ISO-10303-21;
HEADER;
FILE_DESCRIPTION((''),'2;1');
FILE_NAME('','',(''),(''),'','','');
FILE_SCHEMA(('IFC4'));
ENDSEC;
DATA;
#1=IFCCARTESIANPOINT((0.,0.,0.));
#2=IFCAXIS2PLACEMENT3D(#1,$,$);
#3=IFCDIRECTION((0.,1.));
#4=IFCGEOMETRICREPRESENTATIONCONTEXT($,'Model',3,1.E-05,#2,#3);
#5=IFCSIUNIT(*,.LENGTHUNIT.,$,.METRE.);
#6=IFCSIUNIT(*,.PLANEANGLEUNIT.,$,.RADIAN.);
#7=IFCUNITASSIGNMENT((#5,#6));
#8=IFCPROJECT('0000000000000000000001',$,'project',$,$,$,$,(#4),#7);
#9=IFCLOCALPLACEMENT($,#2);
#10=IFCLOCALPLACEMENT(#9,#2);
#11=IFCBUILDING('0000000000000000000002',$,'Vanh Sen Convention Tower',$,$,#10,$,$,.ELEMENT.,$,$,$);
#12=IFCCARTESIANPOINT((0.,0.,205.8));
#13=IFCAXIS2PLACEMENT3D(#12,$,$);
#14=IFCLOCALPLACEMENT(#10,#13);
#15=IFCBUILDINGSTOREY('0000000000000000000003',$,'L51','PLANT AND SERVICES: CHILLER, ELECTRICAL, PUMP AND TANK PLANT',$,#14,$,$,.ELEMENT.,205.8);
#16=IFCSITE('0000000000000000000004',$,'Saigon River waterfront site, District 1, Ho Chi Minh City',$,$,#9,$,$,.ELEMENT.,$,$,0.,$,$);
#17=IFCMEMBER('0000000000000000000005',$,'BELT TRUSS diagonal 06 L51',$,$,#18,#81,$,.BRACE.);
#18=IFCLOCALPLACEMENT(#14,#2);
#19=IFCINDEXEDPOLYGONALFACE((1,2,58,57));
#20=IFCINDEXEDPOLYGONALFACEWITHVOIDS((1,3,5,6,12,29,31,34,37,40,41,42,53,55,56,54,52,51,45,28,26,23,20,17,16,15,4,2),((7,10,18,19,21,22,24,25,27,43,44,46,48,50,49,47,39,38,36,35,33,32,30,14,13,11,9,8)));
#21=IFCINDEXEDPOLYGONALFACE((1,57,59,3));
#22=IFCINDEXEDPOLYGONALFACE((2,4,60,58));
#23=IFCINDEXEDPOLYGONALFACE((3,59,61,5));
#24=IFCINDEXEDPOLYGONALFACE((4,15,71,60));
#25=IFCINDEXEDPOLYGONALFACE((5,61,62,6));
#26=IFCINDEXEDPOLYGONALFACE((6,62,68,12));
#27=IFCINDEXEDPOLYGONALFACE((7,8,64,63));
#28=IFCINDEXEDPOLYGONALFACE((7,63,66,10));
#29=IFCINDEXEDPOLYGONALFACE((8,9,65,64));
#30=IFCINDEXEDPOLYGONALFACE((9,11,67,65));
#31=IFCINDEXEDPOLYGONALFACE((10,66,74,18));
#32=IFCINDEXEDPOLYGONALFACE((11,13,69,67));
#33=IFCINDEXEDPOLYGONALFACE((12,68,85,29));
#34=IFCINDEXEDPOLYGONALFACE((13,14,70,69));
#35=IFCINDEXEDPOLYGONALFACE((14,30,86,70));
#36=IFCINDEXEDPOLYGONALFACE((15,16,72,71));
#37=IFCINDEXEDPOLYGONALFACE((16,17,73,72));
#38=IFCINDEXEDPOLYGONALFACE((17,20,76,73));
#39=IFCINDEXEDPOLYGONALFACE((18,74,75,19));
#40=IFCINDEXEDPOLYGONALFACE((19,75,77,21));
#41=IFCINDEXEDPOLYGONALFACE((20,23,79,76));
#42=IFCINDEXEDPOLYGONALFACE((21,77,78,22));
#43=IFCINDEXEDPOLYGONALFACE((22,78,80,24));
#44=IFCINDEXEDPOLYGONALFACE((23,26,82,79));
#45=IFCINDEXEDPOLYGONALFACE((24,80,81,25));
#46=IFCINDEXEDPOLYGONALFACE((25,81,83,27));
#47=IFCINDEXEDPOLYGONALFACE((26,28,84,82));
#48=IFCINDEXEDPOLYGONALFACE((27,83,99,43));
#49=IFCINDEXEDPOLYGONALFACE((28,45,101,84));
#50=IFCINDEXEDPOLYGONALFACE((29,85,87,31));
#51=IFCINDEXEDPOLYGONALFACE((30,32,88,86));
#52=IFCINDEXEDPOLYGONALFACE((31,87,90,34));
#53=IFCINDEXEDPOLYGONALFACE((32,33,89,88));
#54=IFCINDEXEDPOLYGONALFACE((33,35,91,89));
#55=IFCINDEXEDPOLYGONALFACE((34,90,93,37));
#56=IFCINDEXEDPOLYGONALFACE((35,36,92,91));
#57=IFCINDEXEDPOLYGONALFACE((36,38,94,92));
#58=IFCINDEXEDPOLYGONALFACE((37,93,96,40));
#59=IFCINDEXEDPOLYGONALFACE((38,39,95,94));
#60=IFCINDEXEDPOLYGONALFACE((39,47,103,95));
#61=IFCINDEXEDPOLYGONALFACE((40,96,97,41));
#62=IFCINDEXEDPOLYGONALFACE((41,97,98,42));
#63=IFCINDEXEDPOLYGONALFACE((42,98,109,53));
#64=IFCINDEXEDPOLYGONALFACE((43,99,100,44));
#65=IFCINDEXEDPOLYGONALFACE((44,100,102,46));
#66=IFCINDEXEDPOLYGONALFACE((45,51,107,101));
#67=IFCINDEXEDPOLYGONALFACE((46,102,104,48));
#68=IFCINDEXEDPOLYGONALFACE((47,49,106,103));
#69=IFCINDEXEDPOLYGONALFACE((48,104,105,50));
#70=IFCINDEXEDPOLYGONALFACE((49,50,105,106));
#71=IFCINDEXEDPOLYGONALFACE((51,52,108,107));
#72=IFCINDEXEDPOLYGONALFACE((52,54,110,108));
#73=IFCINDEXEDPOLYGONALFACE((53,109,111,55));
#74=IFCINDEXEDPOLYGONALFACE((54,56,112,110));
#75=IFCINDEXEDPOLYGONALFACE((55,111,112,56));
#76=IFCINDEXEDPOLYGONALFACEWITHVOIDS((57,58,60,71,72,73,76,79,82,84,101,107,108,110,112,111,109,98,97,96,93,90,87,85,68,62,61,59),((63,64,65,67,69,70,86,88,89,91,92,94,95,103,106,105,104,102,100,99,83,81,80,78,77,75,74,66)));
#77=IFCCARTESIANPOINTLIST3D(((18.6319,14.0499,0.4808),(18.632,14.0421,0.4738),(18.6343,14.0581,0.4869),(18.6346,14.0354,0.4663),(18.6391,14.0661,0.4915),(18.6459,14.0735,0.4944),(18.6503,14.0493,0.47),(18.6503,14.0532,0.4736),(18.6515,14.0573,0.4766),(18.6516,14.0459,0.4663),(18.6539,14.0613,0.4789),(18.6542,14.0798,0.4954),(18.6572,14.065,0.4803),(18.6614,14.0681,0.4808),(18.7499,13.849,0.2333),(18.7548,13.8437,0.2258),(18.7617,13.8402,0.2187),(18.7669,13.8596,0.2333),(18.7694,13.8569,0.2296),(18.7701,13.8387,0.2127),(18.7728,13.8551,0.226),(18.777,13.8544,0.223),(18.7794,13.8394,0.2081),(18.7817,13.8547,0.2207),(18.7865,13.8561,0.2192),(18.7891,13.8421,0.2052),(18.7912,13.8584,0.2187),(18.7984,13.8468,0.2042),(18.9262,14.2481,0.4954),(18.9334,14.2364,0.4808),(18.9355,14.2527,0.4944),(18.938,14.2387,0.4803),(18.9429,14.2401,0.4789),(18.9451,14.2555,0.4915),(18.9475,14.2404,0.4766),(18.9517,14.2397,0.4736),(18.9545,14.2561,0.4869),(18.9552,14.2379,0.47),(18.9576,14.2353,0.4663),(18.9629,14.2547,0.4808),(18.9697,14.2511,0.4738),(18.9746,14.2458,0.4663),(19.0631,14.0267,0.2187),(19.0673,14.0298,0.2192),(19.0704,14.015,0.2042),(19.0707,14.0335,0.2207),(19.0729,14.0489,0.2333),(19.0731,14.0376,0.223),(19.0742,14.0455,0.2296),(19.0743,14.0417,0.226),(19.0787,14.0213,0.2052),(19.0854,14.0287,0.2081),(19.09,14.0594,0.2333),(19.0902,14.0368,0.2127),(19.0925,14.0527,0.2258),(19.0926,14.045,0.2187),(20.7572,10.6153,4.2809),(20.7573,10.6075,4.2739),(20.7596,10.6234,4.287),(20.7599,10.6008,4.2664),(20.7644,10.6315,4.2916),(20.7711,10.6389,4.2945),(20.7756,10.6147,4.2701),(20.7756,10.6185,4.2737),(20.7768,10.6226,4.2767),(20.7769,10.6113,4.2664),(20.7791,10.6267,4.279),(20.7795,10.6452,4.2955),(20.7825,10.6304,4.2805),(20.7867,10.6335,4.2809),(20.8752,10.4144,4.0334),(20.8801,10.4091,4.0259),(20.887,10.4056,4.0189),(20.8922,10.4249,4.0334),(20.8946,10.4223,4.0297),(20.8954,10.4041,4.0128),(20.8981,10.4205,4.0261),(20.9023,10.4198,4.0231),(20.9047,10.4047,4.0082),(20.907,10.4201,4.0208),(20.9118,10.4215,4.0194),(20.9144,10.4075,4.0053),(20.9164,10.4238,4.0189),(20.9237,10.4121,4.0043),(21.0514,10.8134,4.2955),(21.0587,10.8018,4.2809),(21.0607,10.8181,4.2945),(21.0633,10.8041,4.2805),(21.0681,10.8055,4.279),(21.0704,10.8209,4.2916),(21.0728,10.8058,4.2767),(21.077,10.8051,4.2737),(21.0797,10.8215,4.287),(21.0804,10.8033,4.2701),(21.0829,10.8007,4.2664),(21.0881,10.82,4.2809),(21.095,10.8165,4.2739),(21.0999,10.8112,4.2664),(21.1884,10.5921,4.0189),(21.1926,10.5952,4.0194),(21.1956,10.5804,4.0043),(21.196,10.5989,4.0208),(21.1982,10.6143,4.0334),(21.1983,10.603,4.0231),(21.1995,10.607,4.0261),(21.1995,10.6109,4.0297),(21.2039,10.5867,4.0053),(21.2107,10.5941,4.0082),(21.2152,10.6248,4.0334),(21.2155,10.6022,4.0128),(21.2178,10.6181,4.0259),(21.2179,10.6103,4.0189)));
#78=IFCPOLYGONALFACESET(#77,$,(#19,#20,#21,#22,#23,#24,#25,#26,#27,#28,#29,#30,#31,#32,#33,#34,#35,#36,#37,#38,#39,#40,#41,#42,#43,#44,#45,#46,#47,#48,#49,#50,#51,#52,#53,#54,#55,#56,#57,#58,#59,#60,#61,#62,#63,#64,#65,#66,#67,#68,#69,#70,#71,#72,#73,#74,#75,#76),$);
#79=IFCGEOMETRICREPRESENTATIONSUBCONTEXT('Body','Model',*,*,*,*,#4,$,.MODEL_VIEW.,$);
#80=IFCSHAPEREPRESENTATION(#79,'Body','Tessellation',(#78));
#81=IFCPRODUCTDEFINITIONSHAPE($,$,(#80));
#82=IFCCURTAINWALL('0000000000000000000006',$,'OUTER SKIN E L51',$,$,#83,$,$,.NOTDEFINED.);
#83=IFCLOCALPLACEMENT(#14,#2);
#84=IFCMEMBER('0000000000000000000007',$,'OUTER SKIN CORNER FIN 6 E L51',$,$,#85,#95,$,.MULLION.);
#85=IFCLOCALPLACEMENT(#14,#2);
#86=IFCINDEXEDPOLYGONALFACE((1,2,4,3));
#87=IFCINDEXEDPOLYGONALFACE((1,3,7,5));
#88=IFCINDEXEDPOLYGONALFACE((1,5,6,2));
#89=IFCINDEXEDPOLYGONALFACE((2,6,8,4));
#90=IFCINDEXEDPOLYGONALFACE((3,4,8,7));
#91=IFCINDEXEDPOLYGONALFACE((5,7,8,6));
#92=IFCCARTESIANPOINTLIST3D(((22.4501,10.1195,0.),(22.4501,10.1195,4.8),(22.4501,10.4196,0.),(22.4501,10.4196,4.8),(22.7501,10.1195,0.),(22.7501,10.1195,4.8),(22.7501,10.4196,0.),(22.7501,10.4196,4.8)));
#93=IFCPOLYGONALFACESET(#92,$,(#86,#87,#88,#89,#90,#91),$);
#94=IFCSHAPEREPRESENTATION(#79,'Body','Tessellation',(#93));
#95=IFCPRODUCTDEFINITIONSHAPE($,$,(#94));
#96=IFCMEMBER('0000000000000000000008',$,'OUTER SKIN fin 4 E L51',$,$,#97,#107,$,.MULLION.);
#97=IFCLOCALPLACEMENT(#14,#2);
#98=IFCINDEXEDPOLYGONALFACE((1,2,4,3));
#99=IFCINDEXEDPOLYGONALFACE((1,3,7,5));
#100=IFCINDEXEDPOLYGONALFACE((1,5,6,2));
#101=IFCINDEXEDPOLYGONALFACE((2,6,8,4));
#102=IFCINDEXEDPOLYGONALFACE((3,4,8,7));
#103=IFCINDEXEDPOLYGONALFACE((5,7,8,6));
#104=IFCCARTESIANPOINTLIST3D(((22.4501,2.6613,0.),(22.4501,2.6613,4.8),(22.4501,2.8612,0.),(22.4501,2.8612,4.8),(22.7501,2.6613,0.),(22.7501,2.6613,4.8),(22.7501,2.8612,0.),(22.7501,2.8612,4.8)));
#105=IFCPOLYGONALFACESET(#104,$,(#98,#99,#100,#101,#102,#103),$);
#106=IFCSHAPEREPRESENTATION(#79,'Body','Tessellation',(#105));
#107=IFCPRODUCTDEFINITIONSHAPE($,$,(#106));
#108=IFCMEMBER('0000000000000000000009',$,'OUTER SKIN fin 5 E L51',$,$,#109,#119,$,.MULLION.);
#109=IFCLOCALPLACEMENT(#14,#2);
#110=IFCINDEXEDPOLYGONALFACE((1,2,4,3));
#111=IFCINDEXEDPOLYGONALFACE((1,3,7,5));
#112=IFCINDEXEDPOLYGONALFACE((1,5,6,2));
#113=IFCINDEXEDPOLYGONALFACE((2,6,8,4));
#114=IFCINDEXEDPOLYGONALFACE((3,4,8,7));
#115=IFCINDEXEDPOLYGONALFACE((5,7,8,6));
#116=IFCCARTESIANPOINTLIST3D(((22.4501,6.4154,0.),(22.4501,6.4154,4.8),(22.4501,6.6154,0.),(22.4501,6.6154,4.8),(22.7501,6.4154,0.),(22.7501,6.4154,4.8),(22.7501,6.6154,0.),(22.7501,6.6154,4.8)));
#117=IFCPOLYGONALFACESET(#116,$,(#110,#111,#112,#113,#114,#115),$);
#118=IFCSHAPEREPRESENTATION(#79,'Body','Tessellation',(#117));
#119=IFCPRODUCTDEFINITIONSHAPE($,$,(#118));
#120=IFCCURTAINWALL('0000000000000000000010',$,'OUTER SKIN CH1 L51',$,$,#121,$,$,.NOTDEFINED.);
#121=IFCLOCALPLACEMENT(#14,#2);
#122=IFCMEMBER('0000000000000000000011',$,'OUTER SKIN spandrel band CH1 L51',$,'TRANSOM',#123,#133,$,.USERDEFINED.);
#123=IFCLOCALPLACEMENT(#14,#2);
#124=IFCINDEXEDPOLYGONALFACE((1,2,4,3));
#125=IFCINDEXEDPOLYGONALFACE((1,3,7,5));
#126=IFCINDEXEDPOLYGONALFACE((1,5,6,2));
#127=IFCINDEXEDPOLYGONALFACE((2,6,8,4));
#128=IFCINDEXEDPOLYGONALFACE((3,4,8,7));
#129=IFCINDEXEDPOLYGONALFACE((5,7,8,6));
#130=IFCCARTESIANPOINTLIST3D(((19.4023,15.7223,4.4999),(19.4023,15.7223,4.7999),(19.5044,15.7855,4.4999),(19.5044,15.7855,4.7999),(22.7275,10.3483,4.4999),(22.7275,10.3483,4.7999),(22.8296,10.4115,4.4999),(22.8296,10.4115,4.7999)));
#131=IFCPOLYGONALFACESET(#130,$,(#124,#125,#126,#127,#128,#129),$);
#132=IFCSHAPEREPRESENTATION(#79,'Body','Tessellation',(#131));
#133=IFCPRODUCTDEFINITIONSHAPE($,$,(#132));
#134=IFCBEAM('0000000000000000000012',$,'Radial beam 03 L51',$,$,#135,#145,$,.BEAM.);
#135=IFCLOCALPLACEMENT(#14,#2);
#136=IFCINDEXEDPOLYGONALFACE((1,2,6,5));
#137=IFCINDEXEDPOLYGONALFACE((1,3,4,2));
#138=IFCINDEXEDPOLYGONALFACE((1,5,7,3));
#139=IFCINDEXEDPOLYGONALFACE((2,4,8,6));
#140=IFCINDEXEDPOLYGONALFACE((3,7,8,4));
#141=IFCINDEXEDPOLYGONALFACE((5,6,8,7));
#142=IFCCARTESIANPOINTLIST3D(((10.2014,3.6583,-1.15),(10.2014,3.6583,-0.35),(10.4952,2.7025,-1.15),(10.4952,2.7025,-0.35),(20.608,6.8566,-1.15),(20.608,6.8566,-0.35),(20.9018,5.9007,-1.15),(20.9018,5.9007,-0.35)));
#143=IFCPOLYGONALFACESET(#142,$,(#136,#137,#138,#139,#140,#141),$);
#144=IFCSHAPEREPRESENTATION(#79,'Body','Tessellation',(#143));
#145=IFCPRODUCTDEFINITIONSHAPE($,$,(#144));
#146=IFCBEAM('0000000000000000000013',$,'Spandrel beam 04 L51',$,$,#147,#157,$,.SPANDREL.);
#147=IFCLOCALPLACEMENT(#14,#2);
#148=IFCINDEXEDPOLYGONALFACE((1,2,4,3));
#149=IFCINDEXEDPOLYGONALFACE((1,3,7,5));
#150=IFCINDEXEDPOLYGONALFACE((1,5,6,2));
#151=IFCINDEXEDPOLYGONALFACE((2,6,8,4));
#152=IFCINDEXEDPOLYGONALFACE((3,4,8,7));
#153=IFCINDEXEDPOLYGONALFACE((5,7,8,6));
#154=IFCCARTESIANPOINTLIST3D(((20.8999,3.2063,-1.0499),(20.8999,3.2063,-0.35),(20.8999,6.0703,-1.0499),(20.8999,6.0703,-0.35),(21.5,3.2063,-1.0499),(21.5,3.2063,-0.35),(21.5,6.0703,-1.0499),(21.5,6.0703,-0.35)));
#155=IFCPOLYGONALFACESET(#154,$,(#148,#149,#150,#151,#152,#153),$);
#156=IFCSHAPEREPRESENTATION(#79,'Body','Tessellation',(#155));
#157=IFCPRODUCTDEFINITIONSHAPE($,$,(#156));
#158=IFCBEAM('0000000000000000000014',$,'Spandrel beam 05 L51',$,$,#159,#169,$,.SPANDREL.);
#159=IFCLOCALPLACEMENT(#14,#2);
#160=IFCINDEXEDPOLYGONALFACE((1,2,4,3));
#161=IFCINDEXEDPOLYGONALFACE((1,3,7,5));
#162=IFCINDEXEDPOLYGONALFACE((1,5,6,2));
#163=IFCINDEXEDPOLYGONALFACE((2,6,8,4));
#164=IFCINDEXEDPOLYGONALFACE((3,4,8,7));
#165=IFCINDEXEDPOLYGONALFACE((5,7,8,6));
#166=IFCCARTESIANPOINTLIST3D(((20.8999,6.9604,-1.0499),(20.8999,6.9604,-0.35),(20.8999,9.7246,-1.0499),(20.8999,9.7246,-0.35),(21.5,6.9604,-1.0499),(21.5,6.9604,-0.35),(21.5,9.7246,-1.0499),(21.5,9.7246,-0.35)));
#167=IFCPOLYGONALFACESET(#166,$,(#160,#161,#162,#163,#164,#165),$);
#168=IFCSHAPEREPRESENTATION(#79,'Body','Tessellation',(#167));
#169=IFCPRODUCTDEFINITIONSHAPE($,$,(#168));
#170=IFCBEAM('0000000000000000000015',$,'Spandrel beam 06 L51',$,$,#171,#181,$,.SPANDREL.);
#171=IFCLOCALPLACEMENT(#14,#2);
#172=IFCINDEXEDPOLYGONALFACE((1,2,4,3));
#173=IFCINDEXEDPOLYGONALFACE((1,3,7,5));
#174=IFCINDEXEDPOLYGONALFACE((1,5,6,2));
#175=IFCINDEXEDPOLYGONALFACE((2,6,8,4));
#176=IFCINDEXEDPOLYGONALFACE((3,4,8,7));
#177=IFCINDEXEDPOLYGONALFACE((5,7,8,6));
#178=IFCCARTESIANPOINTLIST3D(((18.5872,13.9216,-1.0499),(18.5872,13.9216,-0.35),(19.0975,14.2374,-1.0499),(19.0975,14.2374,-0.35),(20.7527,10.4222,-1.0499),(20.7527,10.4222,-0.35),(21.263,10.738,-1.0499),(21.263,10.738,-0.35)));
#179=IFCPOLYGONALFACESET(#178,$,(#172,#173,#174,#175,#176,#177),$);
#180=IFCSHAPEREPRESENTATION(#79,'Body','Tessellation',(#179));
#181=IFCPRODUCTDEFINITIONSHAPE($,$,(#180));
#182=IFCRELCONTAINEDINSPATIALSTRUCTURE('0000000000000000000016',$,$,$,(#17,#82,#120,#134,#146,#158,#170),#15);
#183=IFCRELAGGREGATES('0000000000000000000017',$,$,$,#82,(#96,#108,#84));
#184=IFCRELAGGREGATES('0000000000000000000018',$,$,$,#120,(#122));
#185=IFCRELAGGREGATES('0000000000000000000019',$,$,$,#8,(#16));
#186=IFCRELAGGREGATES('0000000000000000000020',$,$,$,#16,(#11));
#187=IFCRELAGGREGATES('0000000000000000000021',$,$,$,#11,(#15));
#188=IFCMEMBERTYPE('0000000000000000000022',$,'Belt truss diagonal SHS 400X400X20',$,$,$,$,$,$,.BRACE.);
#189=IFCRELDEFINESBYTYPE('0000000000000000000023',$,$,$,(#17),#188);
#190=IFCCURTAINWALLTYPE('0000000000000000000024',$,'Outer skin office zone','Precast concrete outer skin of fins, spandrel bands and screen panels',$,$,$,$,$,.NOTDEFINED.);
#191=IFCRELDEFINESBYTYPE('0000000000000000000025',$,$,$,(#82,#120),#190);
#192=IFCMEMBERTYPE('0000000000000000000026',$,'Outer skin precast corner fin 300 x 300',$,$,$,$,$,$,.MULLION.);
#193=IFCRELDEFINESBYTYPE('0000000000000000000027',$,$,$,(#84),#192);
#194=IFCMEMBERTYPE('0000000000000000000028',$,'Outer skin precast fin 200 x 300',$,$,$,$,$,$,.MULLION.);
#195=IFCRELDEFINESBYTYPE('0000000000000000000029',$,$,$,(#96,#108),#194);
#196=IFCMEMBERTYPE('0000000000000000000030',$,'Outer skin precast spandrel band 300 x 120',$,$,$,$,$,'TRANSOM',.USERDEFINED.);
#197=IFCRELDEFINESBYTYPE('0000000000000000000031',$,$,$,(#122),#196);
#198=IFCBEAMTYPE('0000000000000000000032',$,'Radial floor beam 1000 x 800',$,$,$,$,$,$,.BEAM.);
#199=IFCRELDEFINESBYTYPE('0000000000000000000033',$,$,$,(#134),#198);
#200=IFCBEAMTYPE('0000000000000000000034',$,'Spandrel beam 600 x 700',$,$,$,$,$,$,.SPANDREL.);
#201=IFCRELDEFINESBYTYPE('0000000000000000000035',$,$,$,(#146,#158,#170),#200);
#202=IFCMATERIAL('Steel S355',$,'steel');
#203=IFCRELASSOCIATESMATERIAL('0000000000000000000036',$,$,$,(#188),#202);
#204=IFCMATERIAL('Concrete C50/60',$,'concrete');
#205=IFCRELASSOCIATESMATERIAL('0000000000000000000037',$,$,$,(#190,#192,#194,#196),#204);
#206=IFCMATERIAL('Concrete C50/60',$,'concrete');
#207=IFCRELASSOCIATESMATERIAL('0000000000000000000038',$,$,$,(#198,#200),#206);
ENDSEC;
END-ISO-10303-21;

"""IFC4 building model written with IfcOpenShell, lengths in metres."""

from ifc_helpers import new_model, si_unit, direction, frame, origin, origin_2d, place, context, subcontext, project, spatial, rectangle, hollow_rectangle, extrude, material, material_profile, profile_set, type_object, element, aggregate, save


model = new_model("IFC4")

# Units and contexts
model_context = context("Model", 3, precision=1e-05, world=origin(), true_north=direction((0.0, 1.0)))
body_context = subcontext(model_context, "Body", "Model", "MODEL_VIEW")
ifc_project = project(units=[si_unit("LENGTHUNIT", "METRE"), si_unit("PLANEANGLEUNIT", "RADIAN")], contexts=[model_context])

# Site, building, storey
site_placement = place(None, origin())
site = spatial("IfcSite", under=ifc_project, at=site_placement, Name="Saigon River waterfront site, District 1, Ho Chi Minh City", CompositionType="ELEMENT", RefElevation=0.0)
building_placement = place(site_placement, origin())
building = spatial("IfcBuilding", under=site, at=building_placement, Name="Vanh Sen Convention Tower", CompositionType="ELEMENT")
storey_placement = place(building_placement, frame((0.0, 0.0, 205.8)))
storey = spatial("IfcBuildingStorey", under=building, at=storey_placement, Name="L51", Description="PLANT AND SERVICES: CHILLER, ELECTRICAL, PUMP AND TANK PLANT", CompositionType="ELEMENT", Elevation=205.8)

# Member
ifc_material_1 = material(Name="Steel S355", Category="steel")
ifc_material_profile_1 = material_profile(ifc_material_1, hollow_rectangle(XDim=0.3999, YDim=0.3999, WallThickness=0.02, InnerFilletRadius=0.02, OuterFilletRadius=0.04, at=origin_2d()), Name="SHS 400X400X20")
ifc_profile_set_1 = profile_set([ifc_material_profile_1], Name="Steel S355")
member_type_1 = type_object("IfcMemberType", Name="Belt truss diagonal SHS 400X400X20", PredefinedType="BRACE", material=ifc_profile_set_1)
member_1_placement = place(storey_placement, frame((20.9875, 10.6128, 4.1499), z_axis=(-0.383233, 0.619336, -0.685241), x_axis=(-0.850367, -0.52619, 0.0)))
element("IfcMember", 1, at=member_1_placement, inside=storey, type_object=member_type_1, Name="BELT TRUSS diagonal 06 L51", PredefinedType="BRACE", context=body_context, shape_type="SweptSolid", body=[
    extrude(hollow_rectangle(XDim=0.3999, YDim=0.3999, WallThickness=0.02, InnerFilletRadius=0.02, OuterFilletRadius=0.04, at=origin_2d()), origin(), (0.0, 0.0, 1.0), 5.5457),
])

# Curtain wall, members
ifc_material_2 = material(Name="Concrete C50/60", Category="concrete")
curtain_wall_type = type_object("IfcCurtainWallType", Name="Outer skin office zone", Description="Precast concrete outer skin of fins, spandrel bands and screen panels", PredefinedType="NOTDEFINED", material=ifc_material_2)
curtain_wall_1_placement = place(storey_placement, origin())
curtain_wall_1 = element("IfcCurtainWall", 2, at=curtain_wall_1_placement, inside=storey, type_object=curtain_wall_type, Name="OUTER SKIN E L51", PredefinedType="NOTDEFINED")
ifc_material_profile_2 = material_profile(ifc_material_2, rectangle(XDim=0.3, YDim=0.3, at=origin_2d()), Name="Outer skin precast corner fin 300 x 300")
ifc_profile_set_2 = profile_set([ifc_material_profile_2], Name="Concrete C50/60")
member_type_2 = type_object("IfcMemberType", Name="Outer skin precast corner fin 300 x 300", PredefinedType="MULLION", material=ifc_profile_set_2)
member_2_placement = place(storey_placement, frame((22.6001, 10.2695, 0.0), z_axis=(0.0, 0.0, 1.0), x_axis=(0.0, 1.0, 0.0)))
member_2 = element("IfcMember", 3, at=member_2_placement, type_object=member_type_2, Name="OUTER SKIN CORNER FIN 6 E L51", PredefinedType="MULLION", context=body_context, shape_type="SweptSolid", body=[
    extrude(rectangle(XDim=0.3, YDim=0.3, at=origin_2d()), origin(), (0.0, 0.0, 1.0), 4.8),
])
ifc_material_profile_3 = material_profile(ifc_material_2, rectangle(XDim=0.2, YDim=0.3, at=origin_2d()), Name="Outer skin precast fin 200 x 300")
ifc_profile_set_3 = profile_set([ifc_material_profile_3], Name="Concrete C50/60")
member_type_3 = type_object("IfcMemberType", Name="Outer skin precast fin 200 x 300", PredefinedType="MULLION", material=ifc_profile_set_3)
member_3_placement = place(storey_placement, frame((22.6001, 2.7612, 0.0), z_axis=(0.0, 0.0, 1.0), x_axis=(0.0, 1.0, 0.0)))
member_3 = element("IfcMember", 4, at=member_3_placement, type_object=member_type_3, Name="OUTER SKIN fin 4 E L51", PredefinedType="MULLION", context=body_context, shape_type="SweptSolid", body=[
    extrude(rectangle(XDim=0.2, YDim=0.3, at=origin_2d()), origin(), (0.0, 0.0, 1.0), 4.8),
])
member_4_placement = place(storey_placement, frame((22.6001, 6.5154, 0.0), z_axis=(0.0, 0.0, 1.0), x_axis=(0.0, 1.0, 0.0)))
member_4 = element("IfcMember", 5, at=member_4_placement, type_object=member_type_3, Name="OUTER SKIN fin 5 E L51", PredefinedType="MULLION", context=body_context, shape_type="SweptSolid", body=[
    extrude(rectangle(XDim=0.2, YDim=0.3, at=origin_2d()), origin(), (0.0, 0.0, 1.0), 4.8),
])

# Curtain wall, member
curtain_wall_2_placement = place(storey_placement, origin())
curtain_wall_2 = element("IfcCurtainWall", 6, at=curtain_wall_2_placement, inside=storey, type_object=curtain_wall_type, Name="OUTER SKIN CH1 L51", PredefinedType="NOTDEFINED")
ifc_material_profile_4 = material_profile(ifc_material_2, rectangle(XDim=0.1201, YDim=0.3, at=origin_2d()), Name="Outer skin precast spandrel band 300 x 120")
ifc_profile_set_4 = profile_set([ifc_material_profile_4], Name="Concrete C50/60")
member_type_4 = type_object("IfcMemberType", Name="Outer skin precast spandrel band 300 x 120", ElementType="TRANSOM", PredefinedType="USERDEFINED", material=ifc_profile_set_4)
member_5_placement = place(storey_placement, frame((22.7786, 10.3799, 4.6499), z_axis=(-0.526174, 0.850377, 0.0), x_axis=(-0.850377, -0.526174, 0.0)))
member_5 = element("IfcMember", 7, at=member_5_placement, type_object=member_type_4, Name="OUTER SKIN spandrel band CH1 L51", ObjectType="TRANSOM", PredefinedType="USERDEFINED", context=body_context, shape_type="SweptSolid", body=[
    extrude(rectangle(XDim=0.1201, YDim=0.3, at=origin_2d()), origin(), (0.0, 0.0, 1.0), 6.3196),
])

# Beams
ifc_material_3 = material(Name="Concrete C50/60", Category="concrete")
ifc_material_profile_5 = material_profile(ifc_material_3, rectangle(XDim=1.0, YDim=0.8, at=origin_2d()), Name="RC 1000X800")
ifc_profile_set_5 = profile_set([ifc_material_profile_5], Name="Concrete C50/60")
beam_type_1 = type_object("IfcBeamType", Name="Radial floor beam 1000 x 800", PredefinedType="BEAM", material=ifc_profile_set_5)
beam_1_placement = place(storey_placement, frame((20.7549, 6.3787, -0.75), z_axis=(-0.955876, -0.293771, 0.0), x_axis=(0.293771, -0.955876, 0.0)))
element("IfcBeam", 8, at=beam_1_placement, inside=storey, type_object=beam_type_1, Name="Radial beam 03 L51", PredefinedType="BEAM", context=body_context, shape_type="SweptSolid", body=[
    extrude(rectangle(XDim=1.0, YDim=0.8, at=origin_2d()), origin(), (0.0, 0.0, 1.0), 10.887),
])
ifc_material_profile_6 = material_profile(ifc_material_3, rectangle(XDim=0.6001, YDim=0.7, at=origin_2d()), Name="RC 600X700")
ifc_profile_set_6 = profile_set([ifc_material_profile_6], Name="Concrete C50/60")
beam_type_2 = type_object("IfcBeamType", Name="Spandrel beam 600 x 700", PredefinedType="SPANDREL", material=ifc_profile_set_6)
beam_2_placement = place(storey_placement, frame((21.2, 3.2063, -0.7), z_axis=(0.0, 1.0, 0.0), x_axis=(-1.0, 0.0, 0.0)))
element("IfcBeam", 9, at=beam_2_placement, inside=storey, type_object=beam_type_2, Name="Spandrel beam 04 L51", PredefinedType="SPANDREL", context=body_context, shape_type="SweptSolid", body=[
    extrude(rectangle(XDim=0.6001, YDim=0.7, at=origin_2d()), origin(), (0.0, 0.0, 1.0), 2.864),
])
beam_3_placement = place(storey_placement, frame((21.2, 6.9604, -0.7), z_axis=(0.0, 1.0, 0.0), x_axis=(-1.0, 0.0, 0.0)))
element("IfcBeam", 10, at=beam_3_placement, inside=storey, type_object=beam_type_2, Name="Spandrel beam 05 L51", PredefinedType="SPANDREL", context=body_context, shape_type="SweptSolid", body=[
    extrude(rectangle(XDim=0.6001, YDim=0.7, at=origin_2d()), origin(), (0.0, 0.0, 1.0), 2.7642),
])
beam_4_placement = place(storey_placement, frame((21.0078, 10.5801, -0.7), z_axis=(-0.526208, 0.850356, 0.0), x_axis=(-0.850356, -0.526208, 0.0)))
element("IfcBeam", 11, at=beam_4_placement, inside=storey, type_object=beam_type_2, Name="Spandrel beam 06 L51", PredefinedType="SPANDREL", context=body_context, shape_type="SweptSolid", body=[
    extrude(rectangle(XDim=0.6001, YDim=0.7, at=origin_2d()), origin(), (0.0, 0.0, 1.0), 4.1152),
])

aggregate(curtain_wall_1, [member_3, member_4, member_2])
aggregate(curtain_wall_2, [member_5])

save(model, "model.ifc")
